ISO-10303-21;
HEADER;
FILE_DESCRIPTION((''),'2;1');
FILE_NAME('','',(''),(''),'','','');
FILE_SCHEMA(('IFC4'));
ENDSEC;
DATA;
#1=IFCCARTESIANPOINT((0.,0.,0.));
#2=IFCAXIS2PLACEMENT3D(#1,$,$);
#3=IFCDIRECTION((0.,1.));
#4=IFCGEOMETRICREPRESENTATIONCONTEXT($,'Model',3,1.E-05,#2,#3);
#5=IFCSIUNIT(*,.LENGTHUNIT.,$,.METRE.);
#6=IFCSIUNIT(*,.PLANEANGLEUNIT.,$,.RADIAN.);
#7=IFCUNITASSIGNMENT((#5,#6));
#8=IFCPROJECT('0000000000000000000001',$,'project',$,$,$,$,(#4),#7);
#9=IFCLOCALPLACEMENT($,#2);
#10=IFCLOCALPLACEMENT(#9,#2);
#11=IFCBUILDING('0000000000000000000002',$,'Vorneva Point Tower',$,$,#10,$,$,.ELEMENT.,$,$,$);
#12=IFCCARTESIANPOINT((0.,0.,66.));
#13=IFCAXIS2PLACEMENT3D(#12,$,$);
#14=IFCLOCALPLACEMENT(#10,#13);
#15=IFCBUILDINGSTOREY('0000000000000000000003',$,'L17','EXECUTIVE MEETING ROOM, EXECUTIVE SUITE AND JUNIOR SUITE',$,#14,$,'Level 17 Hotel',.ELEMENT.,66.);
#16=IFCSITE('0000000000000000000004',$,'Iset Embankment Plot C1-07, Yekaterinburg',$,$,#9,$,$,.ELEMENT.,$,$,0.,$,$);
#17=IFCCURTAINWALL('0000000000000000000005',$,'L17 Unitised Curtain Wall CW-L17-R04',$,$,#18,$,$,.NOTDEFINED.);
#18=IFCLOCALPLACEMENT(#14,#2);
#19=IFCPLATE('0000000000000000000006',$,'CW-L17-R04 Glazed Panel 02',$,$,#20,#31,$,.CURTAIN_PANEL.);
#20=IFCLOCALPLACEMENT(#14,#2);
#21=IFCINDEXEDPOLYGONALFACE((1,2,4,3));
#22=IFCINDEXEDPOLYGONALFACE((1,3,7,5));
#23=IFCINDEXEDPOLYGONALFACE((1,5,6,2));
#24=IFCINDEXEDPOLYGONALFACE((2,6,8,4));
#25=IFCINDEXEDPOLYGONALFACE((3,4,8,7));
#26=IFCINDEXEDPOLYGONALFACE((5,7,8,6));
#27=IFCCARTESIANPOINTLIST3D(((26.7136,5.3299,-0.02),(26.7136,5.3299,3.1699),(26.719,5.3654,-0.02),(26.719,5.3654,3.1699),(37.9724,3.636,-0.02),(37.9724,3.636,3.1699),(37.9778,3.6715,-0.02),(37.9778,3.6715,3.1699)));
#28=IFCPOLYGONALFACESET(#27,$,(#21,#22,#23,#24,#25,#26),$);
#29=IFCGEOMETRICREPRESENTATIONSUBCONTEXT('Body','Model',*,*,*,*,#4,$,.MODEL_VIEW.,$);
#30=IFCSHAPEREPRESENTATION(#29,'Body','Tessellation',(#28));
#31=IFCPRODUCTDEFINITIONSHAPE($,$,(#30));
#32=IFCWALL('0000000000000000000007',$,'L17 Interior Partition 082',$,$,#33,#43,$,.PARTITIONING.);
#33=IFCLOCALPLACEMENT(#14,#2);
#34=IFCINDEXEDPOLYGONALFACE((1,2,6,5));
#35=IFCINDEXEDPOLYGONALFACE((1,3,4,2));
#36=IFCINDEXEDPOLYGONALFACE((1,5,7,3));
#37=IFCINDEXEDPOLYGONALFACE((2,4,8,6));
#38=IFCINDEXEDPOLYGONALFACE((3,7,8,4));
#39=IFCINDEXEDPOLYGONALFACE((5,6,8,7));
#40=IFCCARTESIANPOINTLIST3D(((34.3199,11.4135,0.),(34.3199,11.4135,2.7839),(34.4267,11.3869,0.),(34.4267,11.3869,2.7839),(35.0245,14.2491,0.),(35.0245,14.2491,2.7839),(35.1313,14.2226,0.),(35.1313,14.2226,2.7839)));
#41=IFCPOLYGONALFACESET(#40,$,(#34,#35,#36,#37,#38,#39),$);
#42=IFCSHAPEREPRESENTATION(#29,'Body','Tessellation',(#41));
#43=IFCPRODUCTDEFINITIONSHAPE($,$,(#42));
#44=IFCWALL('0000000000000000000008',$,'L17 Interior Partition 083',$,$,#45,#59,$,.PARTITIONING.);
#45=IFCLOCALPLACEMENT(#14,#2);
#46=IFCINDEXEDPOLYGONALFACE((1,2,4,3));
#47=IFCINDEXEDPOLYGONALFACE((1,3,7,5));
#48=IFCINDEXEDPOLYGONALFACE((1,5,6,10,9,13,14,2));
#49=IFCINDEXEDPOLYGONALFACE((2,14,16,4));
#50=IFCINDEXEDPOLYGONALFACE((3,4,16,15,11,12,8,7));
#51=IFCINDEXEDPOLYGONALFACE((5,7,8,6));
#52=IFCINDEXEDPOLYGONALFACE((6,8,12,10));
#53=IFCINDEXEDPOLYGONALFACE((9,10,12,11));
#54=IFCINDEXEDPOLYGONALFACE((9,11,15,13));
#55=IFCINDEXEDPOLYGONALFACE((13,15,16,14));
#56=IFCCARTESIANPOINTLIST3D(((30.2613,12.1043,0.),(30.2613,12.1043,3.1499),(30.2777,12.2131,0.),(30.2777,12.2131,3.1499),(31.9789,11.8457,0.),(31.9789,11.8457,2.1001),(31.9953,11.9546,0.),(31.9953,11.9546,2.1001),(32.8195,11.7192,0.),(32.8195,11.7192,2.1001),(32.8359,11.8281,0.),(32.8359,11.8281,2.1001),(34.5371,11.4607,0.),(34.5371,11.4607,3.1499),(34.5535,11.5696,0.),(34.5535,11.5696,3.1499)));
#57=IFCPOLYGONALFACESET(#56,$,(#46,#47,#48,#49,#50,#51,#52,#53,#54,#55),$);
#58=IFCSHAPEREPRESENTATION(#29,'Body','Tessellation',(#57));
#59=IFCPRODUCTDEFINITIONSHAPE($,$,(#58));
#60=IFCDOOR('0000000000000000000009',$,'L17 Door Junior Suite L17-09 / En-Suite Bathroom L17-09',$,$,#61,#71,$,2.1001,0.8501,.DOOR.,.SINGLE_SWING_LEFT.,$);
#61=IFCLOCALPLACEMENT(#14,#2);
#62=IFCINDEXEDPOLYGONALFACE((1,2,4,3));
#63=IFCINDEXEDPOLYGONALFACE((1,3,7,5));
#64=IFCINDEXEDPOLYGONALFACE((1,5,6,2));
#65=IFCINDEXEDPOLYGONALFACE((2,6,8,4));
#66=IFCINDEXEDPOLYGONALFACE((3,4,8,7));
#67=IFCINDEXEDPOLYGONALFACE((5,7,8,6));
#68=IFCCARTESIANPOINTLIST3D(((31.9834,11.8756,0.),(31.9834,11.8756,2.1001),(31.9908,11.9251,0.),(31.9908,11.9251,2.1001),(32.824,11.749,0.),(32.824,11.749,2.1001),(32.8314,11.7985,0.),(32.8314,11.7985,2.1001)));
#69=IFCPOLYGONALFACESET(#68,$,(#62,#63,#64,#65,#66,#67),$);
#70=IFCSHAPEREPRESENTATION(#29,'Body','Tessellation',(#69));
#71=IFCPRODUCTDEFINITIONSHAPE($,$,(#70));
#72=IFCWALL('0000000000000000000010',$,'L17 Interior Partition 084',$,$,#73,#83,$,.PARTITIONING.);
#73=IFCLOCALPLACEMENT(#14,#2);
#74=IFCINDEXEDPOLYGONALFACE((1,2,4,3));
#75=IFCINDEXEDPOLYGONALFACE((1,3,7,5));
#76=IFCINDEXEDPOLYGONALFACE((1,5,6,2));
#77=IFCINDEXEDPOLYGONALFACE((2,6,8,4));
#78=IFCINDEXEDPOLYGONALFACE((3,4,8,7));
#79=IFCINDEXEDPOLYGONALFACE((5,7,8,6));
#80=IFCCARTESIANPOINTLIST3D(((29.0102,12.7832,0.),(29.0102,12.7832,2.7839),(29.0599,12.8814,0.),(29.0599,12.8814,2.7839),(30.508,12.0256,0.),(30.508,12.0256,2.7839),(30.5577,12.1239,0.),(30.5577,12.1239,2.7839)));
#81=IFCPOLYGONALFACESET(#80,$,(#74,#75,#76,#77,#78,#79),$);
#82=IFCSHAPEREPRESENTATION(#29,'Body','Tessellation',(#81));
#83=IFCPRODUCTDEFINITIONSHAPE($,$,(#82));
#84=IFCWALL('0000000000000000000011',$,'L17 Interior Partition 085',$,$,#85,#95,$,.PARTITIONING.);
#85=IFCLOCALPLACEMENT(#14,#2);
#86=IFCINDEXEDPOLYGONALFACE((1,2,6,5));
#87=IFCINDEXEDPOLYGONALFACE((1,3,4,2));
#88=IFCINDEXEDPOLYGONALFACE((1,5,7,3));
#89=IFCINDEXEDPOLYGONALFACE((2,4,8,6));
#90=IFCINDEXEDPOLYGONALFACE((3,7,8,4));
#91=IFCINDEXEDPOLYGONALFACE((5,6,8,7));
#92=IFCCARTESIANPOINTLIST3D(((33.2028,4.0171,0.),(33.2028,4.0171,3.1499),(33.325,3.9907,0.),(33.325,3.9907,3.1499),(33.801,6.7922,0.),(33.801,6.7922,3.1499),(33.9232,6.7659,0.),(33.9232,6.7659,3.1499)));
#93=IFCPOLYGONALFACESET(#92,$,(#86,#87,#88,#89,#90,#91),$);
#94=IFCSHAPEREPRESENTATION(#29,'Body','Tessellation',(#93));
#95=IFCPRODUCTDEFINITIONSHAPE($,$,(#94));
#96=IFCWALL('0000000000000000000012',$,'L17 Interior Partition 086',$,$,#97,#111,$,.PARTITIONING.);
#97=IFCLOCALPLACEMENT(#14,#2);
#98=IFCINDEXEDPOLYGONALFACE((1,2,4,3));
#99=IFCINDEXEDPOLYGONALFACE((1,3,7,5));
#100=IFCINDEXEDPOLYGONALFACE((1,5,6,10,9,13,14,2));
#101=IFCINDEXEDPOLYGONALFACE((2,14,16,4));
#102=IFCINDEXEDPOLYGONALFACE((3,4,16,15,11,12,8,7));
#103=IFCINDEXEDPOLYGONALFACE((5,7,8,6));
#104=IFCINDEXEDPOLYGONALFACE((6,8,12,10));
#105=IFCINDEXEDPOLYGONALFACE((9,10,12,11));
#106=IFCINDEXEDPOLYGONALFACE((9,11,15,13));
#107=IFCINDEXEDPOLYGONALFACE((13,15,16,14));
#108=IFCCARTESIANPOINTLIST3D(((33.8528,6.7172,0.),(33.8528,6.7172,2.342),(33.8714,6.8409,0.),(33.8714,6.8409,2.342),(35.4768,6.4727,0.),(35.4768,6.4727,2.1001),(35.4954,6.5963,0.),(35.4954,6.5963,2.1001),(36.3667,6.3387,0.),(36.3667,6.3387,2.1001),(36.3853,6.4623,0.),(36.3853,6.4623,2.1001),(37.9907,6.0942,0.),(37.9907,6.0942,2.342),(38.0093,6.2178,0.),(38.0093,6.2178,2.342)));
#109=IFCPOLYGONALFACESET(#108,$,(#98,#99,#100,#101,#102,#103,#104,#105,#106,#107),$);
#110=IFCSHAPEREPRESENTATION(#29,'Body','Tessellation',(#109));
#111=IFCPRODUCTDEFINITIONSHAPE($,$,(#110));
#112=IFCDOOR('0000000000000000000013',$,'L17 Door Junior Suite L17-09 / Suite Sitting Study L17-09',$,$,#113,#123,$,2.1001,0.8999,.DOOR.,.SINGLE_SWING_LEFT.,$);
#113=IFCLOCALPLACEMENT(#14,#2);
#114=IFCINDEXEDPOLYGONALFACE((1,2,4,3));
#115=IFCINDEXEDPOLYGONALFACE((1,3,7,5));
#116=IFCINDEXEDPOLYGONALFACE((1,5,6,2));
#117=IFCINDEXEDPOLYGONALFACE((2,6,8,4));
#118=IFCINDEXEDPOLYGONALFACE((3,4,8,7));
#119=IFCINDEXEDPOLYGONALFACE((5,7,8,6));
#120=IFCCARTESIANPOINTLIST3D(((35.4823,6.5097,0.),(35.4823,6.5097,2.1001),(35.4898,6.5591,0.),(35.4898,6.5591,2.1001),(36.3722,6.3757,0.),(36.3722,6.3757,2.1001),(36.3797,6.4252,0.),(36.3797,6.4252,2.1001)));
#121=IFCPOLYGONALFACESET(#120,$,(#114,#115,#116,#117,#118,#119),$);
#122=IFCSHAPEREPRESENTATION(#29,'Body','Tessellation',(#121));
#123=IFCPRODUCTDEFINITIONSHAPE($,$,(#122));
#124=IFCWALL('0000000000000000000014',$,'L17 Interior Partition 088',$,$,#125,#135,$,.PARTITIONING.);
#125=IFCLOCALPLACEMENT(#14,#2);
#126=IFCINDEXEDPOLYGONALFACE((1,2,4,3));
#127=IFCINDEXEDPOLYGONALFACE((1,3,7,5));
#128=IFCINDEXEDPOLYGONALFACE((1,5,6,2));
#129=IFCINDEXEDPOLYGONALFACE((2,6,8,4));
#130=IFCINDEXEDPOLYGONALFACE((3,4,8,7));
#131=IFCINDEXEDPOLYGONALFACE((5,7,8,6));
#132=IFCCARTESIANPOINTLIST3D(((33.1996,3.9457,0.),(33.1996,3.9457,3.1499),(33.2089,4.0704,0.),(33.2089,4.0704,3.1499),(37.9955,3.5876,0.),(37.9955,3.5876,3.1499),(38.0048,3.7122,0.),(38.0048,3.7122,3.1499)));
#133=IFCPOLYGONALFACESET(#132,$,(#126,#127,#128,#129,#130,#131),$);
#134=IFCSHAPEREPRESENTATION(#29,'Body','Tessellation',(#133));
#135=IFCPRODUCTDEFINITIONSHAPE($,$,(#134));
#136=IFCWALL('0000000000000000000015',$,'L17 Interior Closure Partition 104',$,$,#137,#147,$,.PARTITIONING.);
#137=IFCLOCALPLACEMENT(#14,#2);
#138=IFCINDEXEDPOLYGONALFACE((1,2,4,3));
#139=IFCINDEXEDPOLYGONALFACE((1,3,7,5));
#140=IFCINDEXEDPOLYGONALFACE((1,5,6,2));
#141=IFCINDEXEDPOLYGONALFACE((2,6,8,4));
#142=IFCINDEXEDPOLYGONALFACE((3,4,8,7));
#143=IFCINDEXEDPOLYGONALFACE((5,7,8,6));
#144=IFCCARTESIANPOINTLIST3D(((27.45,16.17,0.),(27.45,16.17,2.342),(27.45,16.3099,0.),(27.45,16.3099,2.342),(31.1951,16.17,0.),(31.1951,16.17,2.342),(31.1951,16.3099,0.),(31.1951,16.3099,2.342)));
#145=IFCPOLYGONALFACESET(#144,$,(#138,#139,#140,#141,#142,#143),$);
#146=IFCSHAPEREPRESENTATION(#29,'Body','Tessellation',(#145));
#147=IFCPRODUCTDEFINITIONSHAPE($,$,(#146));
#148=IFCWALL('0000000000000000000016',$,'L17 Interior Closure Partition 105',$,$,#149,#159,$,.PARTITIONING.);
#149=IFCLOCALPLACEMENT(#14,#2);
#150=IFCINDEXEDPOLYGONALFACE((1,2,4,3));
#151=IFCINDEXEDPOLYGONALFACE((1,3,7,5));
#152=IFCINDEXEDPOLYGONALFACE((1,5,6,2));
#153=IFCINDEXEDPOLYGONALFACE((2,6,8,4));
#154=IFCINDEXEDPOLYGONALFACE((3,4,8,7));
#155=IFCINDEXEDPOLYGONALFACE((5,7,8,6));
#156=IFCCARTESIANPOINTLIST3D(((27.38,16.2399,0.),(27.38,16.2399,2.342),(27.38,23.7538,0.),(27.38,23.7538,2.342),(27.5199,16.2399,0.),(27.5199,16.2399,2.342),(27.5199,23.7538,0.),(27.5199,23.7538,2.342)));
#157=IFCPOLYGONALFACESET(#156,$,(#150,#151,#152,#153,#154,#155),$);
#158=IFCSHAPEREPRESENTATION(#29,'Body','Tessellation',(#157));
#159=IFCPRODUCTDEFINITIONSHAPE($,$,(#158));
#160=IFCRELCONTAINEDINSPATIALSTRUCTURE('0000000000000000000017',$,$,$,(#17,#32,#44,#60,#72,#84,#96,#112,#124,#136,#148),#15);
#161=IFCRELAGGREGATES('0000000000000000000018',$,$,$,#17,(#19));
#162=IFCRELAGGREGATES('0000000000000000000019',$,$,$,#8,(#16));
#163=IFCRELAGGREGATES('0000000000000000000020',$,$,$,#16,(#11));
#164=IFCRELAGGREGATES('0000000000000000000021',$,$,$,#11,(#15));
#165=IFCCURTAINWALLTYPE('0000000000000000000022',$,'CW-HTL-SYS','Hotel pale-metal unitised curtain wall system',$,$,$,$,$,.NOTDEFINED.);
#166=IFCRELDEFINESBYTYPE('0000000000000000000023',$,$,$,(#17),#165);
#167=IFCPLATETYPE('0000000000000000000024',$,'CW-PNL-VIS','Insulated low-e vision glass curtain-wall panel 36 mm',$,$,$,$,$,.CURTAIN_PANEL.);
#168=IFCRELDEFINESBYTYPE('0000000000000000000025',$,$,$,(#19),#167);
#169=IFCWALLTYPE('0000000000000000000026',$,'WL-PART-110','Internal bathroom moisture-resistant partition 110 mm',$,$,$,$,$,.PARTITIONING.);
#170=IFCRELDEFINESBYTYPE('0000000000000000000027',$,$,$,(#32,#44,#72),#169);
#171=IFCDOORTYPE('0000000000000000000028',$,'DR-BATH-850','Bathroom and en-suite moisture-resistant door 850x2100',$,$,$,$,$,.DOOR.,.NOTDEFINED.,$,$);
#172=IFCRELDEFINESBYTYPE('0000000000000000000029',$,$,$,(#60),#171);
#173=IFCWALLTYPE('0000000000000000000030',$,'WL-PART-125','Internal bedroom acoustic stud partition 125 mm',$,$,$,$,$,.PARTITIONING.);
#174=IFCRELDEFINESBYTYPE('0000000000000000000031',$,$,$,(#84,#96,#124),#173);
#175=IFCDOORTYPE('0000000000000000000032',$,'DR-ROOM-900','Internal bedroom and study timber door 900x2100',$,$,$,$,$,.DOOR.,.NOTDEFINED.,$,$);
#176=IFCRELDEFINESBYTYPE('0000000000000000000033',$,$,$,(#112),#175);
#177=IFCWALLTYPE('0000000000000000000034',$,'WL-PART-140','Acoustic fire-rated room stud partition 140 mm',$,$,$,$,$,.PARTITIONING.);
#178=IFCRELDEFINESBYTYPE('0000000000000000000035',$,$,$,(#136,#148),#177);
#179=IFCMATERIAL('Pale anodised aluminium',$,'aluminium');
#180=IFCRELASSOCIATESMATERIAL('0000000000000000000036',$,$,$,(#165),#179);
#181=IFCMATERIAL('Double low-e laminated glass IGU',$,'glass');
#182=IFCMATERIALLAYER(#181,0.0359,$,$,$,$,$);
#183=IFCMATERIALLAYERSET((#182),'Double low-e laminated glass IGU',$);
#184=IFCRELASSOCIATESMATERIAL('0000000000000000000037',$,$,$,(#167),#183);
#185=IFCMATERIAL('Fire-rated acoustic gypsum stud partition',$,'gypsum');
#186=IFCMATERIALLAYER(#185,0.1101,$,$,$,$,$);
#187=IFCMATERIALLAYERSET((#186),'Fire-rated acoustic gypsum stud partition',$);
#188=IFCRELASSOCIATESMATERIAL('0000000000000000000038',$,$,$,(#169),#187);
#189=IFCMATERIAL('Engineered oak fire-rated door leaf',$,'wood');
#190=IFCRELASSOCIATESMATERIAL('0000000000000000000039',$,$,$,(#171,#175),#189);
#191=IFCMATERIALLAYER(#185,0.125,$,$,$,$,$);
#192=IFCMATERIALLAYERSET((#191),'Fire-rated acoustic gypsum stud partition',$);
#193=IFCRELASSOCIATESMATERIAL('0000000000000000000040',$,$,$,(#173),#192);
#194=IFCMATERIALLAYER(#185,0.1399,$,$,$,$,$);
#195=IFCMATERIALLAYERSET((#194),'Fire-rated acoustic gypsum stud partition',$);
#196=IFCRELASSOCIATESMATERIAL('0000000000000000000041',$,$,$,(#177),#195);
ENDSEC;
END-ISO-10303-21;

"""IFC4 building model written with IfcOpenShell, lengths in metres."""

from ifc_helpers import new_model, si_unit, direction, frame, frame_2d, origin, origin_2d, place, context, subcontext, project, spatial, rectangle, extrude, material, layer, layer_set, type_object, element, fill, aggregate, save


model = new_model("IFC4")

# Units and contexts
model_context = context("Model", 3, precision=1e-05, world=origin(), true_north=direction((0.0, 1.0)))
body_context = subcontext(model_context, "Body", "Model", "MODEL_VIEW")
ifc_project = project(units=[si_unit("LENGTHUNIT", "METRE"), si_unit("PLANEANGLEUNIT", "RADIAN")], contexts=[model_context])

# Site, building, storey
site_placement = place(None, origin())
site = spatial("IfcSite", under=ifc_project, at=site_placement, Name="Iset Embankment Plot C1-07, Yekaterinburg", CompositionType="ELEMENT", RefElevation=0.0)
building_placement = place(site_placement, origin())
building = spatial("IfcBuilding", under=site, at=building_placement, Name="Vorneva Point Tower", CompositionType="ELEMENT")
storey_placement = place(building_placement, frame((0.0, 0.0, 66.0)))
storey = spatial("IfcBuildingStorey", under=building, at=storey_placement, Name="L17", Description="EXECUTIVE MEETING ROOM, EXECUTIVE SUITE AND JUNIOR SUITE", LongName="Level 17 Hotel", CompositionType="ELEMENT", Elevation=66.0)

# Curtain wall, plate
ifc_material_1 = material(Name="Pale anodised aluminium", Category="aluminium")
curtain_wall_type = type_object("IfcCurtainWallType", Name="CW-HTL-SYS", Description="Hotel pale-metal unitised curtain wall system", PredefinedType="NOTDEFINED", material=ifc_material_1)
curtain_wall_placement = place(storey_placement, origin())
curtain_wall = element("IfcCurtainWall", 1, at=curtain_wall_placement, inside=storey, type_object=curtain_wall_type, Name="L17 Unitised Curtain Wall CW-L17-R04", PredefinedType="NOTDEFINED")
ifc_material_2 = material(Name="Double low-e laminated glass IGU", Category="glass")
ifc_layer_1 = layer(ifc_material_2, 0.0359)
ifc_layer_set_1 = layer_set([ifc_layer_1], Name="Double low-e laminated glass IGU")
plate_type = type_object("IfcPlateType", Name="CW-PNL-VIS", Description="Insulated low-e vision glass curtain-wall panel 36 mm", PredefinedType="CURTAIN_PANEL", material=ifc_layer_set_1)
plate_placement = place(storey_placement, frame((32.3457, 4.5007, -0.02), z_axis=(0.0, 0.0, 1.0), x_axis=(0.988871, -0.148776, 0.0)))
plate = element("IfcPlate", 2, at=plate_placement, type_object=plate_type, Name="CW-L17-R04 Glazed Panel 02", PredefinedType="CURTAIN_PANEL", context=body_context, shape_type="SweptSolid", body=[
    extrude(rectangle(XDim=11.3855, YDim=0.0359, at=origin_2d()), origin(), (0.0, 0.0, 1.0), 3.1899),
])
aggregate(curtain_wall, [plate])

# Wall
ifc_material_3 = material(Name="Fire-rated acoustic gypsum stud partition", Category="gypsum")
ifc_layer_2 = layer(ifc_material_3, 0.1101)
ifc_layer_set_2 = layer_set([ifc_layer_2], Name="Fire-rated acoustic gypsum stud partition")
wall_type_1 = type_object("IfcWallType", Name="WL-PART-110", Description="Internal bathroom moisture-resistant partition 110 mm", PredefinedType="PARTITIONING", material=ifc_layer_set_2)
wall_1_placement = place(storey_placement, frame((35.0779, 14.2358, 0.0), z_axis=(0.0, 0.0, 1.0), x_axis=(-0.24114, -0.97049, 0.0)))
element("IfcWall", 3, at=wall_1_placement, inside=storey, type_object=wall_type_1, Name="L17 Interior Partition 082", PredefinedType="PARTITIONING", context=body_context, shape_type="SweptSolid", body=[
    extrude(rectangle(XDim=2.9219, YDim=0.1101, at=frame_2d((1.4609, 0.0))), origin(), (0.0, 0.0, 1.0), 2.7839),
])

# Wall, opening, door
wall_2_placement = place(storey_placement, frame((34.5454, 11.5151, 0.0), z_axis=(0.0, 0.0, 1.0), x_axis=(-0.988863, 0.148832, 0.0)))
wall_2 = element("IfcWall", 4, at=wall_2_placement, inside=storey, type_object=wall_type_1, Name="L17 Interior Partition 083", PredefinedType="PARTITIONING", context=body_context, shape_type="SweptSolid", body=[
    extrude(rectangle(XDim=4.324, YDim=0.1101, at=frame_2d((2.1621, 0.0))), origin(), (0.0, 0.0, 1.0), 3.1499),
])
opening_1_placement = place(wall_2_placement, frame((1.7371, 0.0, 0.0)))
opening_1 = element("IfcOpeningElement", 5, at=opening_1_placement, cuts=wall_2, PredefinedType="OPENING", context=body_context, shape_type="SweptSolid", body=[
    extrude(rectangle(XDim=0.8501, YDim=2.1001, at=frame_2d((0.425, 1.05))), frame((0.0, 0.0698, 0.0), z_axis=(0.0, -1.0, 0.0), x_axis=(1.0, 0.0, 0.0)), (0.0, 0.0, 1.0), 0.1399),
])
ifc_material_4 = material(Name="Engineered oak fire-rated door leaf", Category="wood")
door_type_1 = type_object("IfcDoorType", Name="DR-BATH-850", Description="Bathroom and en-suite moisture-resistant door 850x2100", OperationType="NOTDEFINED", PredefinedType="DOOR", material=ifc_material_4)
door_1_placement = place(opening_1_placement, origin())
door_1 = element("IfcDoor", 6, at=door_1_placement, inside=storey, type_object=door_type_1, Name="L17 Door Junior Suite L17-09 / En-Suite Bathroom L17-09", OperationType="SINGLE_SWING_LEFT", OverallHeight=2.1001, OverallWidth=0.8501, PredefinedType="DOOR", context=body_context, shape_type="SweptSolid", body=[
    extrude(rectangle(XDim=0.8501, YDim=2.1001, at=frame_2d((0.425, 1.05))), frame((0.0, 0.0249, 0.0), z_axis=(0.0, -1.0, 0.0), x_axis=(1.0, 0.0, 0.0)), (0.0, 0.0, 1.0), 0.05),
])
fill(opening_1, door_1)

# Walls
wall_3_placement = place(storey_placement, frame((30.533, 12.0747, 0.0), z_axis=(0.0, 0.0, 1.0), x_axis=(-0.892352, 0.45134, 0.0)))
element("IfcWall", 7, at=wall_3_placement, inside=storey, type_object=wall_type_1, Name="L17 Interior Partition 084", PredefinedType="PARTITIONING", context=body_context, shape_type="SweptSolid", body=[
    extrude(rectangle(XDim=1.6785, YDim=0.1101, at=frame_2d((0.8394, 0.0))), origin(), (0.0, 0.0, 1.0), 2.7839),
])
ifc_layer_3 = layer(ifc_material_3, 0.125)
ifc_layer_set_3 = layer_set([ifc_layer_3], Name="Fire-rated acoustic gypsum stud partition")
wall_type_2 = type_object("IfcWallType", Name="WL-PART-125", Description="Internal bedroom acoustic stud partition 125 mm", PredefinedType="PARTITIONING", material=ifc_layer_set_3)
wall_4_placement = place(storey_placement, frame((33.2639, 4.0039, 0.0), z_axis=(0.0, 0.0, 1.0), x_axis=(0.210698, 0.977551, 0.0)))
element("IfcWall", 8, at=wall_4_placement, inside=storey, type_object=wall_type_2, Name="L17 Interior Partition 085", PredefinedType="PARTITIONING", context=body_context, shape_type="SweptSolid", body=[
    extrude(rectangle(XDim=2.8389, YDim=0.125, at=frame_2d((1.4194, 0.0))), origin(), (0.0, 0.0, 1.0), 3.1499),
])

# Wall, opening, door
wall_5_placement = place(storey_placement, frame((33.8621, 6.7791, 0.0), z_axis=(0.0, 0.0, 1.0), x_axis=(0.988854, -0.148891, 0.0)))
wall_5 = element("IfcWall", 9, at=wall_5_placement, inside=storey, type_object=wall_type_2, Name="L17 Interior Partition 086", PredefinedType="PARTITIONING", context=body_context, shape_type="SweptSolid", body=[
    extrude(rectangle(XDim=4.1846, YDim=0.125, at=frame_2d((2.0923, 0.0))), origin(), (0.0, 0.0, 1.0), 2.342),
])
opening_2_placement = place(wall_5_placement, frame((1.6423, 0.0, 0.0)))
opening_2 = element("IfcOpeningElement", 10, at=opening_2_placement, cuts=wall_5, PredefinedType="OPENING", context=body_context, shape_type="SweptSolid", body=[
    extrude(rectangle(XDim=0.8999, YDim=2.1001, at=frame_2d((0.45, 1.05))), frame((0.0, 0.0774, 0.0), z_axis=(0.0, -1.0, 0.0), x_axis=(1.0, 0.0, 0.0)), (0.0, 0.0, 1.0), 0.1548),
])
door_type_2 = type_object("IfcDoorType", Name="DR-ROOM-900", Description="Internal bedroom and study timber door 900x2100", OperationType="NOTDEFINED", PredefinedType="DOOR", material=ifc_material_4)
door_2_placement = place(opening_2_placement, origin())
door_2 = element("IfcDoor", 11, at=door_2_placement, inside=storey, type_object=door_type_2, Name="L17 Door Junior Suite L17-09 / Suite Sitting Study L17-09", OperationType="SINGLE_SWING_LEFT", OverallHeight=2.1001, OverallWidth=0.8999, PredefinedType="DOOR", context=body_context, shape_type="SweptSolid", body=[
    extrude(rectangle(XDim=0.8999, YDim=2.1001, at=frame_2d((0.45, 1.05))), frame((0.0, 0.0249, 0.0), z_axis=(0.0, -1.0, 0.0), x_axis=(1.0, 0.0, 0.0)), (0.0, 0.0, 1.0), 0.05),
])
fill(opening_2, door_2)

# Walls
wall_6_placement = place(storey_placement, frame((33.2041, 4.0081, 0.0), z_axis=(0.0, 0.0, 1.0), x_axis=(0.997223, -0.074472, 0.0)))
element("IfcWall", 12, at=wall_6_placement, inside=storey, type_object=wall_type_2, Name="L17 Interior Partition 088", PredefinedType="PARTITIONING", context=body_context, shape_type="SweptSolid", body=[
    extrude(rectangle(XDim=4.8093, YDim=0.125, at=frame_2d((2.4048, 0.0))), origin(), (0.0, 0.0, 1.0), 3.1499),
])
ifc_layer_4 = layer(ifc_material_3, 0.1399)
ifc_layer_set_4 = layer_set([ifc_layer_4], Name="Fire-rated acoustic gypsum stud partition")
wall_type_3 = type_object("IfcWallType", Name="WL-PART-140", Description="Acoustic fire-rated room stud partition 140 mm", PredefinedType="PARTITIONING", material=ifc_layer_set_4)
wall_7_placement = place(storey_placement, frame((31.1951, 16.24, 0.0), z_axis=(0.0, 0.0, 1.0), x_axis=(-1.0, 0.0, 0.0)))
element("IfcWall", 13, at=wall_7_placement, inside=storey, type_object=wall_type_3, Name="L17 Interior Closure Partition 104", PredefinedType="PARTITIONING", context=body_context, shape_type="SweptSolid", body=[
    extrude(rectangle(XDim=3.7451, YDim=0.1399, at=frame_2d((1.8726, 0.0))), origin(), (0.0, 0.0, 1.0), 2.342),
])
wall_8_placement = place(storey_placement, frame((27.45, 16.24, 0.0), z_axis=(0.0, 0.0, 1.0), x_axis=(0.0, 1.0, 0.0)))
element("IfcWall", 14, at=wall_8_placement, inside=storey, type_object=wall_type_3, Name="L17 Interior Closure Partition 105", PredefinedType="PARTITIONING", context=body_context, shape_type="SweptSolid", body=[
    extrude(rectangle(XDim=7.5139, YDim=0.1399, at=frame_2d((3.7568, 0.0))), origin(), (0.0, 0.0, 1.0), 2.342),
])

save(model, "model.ifc")
